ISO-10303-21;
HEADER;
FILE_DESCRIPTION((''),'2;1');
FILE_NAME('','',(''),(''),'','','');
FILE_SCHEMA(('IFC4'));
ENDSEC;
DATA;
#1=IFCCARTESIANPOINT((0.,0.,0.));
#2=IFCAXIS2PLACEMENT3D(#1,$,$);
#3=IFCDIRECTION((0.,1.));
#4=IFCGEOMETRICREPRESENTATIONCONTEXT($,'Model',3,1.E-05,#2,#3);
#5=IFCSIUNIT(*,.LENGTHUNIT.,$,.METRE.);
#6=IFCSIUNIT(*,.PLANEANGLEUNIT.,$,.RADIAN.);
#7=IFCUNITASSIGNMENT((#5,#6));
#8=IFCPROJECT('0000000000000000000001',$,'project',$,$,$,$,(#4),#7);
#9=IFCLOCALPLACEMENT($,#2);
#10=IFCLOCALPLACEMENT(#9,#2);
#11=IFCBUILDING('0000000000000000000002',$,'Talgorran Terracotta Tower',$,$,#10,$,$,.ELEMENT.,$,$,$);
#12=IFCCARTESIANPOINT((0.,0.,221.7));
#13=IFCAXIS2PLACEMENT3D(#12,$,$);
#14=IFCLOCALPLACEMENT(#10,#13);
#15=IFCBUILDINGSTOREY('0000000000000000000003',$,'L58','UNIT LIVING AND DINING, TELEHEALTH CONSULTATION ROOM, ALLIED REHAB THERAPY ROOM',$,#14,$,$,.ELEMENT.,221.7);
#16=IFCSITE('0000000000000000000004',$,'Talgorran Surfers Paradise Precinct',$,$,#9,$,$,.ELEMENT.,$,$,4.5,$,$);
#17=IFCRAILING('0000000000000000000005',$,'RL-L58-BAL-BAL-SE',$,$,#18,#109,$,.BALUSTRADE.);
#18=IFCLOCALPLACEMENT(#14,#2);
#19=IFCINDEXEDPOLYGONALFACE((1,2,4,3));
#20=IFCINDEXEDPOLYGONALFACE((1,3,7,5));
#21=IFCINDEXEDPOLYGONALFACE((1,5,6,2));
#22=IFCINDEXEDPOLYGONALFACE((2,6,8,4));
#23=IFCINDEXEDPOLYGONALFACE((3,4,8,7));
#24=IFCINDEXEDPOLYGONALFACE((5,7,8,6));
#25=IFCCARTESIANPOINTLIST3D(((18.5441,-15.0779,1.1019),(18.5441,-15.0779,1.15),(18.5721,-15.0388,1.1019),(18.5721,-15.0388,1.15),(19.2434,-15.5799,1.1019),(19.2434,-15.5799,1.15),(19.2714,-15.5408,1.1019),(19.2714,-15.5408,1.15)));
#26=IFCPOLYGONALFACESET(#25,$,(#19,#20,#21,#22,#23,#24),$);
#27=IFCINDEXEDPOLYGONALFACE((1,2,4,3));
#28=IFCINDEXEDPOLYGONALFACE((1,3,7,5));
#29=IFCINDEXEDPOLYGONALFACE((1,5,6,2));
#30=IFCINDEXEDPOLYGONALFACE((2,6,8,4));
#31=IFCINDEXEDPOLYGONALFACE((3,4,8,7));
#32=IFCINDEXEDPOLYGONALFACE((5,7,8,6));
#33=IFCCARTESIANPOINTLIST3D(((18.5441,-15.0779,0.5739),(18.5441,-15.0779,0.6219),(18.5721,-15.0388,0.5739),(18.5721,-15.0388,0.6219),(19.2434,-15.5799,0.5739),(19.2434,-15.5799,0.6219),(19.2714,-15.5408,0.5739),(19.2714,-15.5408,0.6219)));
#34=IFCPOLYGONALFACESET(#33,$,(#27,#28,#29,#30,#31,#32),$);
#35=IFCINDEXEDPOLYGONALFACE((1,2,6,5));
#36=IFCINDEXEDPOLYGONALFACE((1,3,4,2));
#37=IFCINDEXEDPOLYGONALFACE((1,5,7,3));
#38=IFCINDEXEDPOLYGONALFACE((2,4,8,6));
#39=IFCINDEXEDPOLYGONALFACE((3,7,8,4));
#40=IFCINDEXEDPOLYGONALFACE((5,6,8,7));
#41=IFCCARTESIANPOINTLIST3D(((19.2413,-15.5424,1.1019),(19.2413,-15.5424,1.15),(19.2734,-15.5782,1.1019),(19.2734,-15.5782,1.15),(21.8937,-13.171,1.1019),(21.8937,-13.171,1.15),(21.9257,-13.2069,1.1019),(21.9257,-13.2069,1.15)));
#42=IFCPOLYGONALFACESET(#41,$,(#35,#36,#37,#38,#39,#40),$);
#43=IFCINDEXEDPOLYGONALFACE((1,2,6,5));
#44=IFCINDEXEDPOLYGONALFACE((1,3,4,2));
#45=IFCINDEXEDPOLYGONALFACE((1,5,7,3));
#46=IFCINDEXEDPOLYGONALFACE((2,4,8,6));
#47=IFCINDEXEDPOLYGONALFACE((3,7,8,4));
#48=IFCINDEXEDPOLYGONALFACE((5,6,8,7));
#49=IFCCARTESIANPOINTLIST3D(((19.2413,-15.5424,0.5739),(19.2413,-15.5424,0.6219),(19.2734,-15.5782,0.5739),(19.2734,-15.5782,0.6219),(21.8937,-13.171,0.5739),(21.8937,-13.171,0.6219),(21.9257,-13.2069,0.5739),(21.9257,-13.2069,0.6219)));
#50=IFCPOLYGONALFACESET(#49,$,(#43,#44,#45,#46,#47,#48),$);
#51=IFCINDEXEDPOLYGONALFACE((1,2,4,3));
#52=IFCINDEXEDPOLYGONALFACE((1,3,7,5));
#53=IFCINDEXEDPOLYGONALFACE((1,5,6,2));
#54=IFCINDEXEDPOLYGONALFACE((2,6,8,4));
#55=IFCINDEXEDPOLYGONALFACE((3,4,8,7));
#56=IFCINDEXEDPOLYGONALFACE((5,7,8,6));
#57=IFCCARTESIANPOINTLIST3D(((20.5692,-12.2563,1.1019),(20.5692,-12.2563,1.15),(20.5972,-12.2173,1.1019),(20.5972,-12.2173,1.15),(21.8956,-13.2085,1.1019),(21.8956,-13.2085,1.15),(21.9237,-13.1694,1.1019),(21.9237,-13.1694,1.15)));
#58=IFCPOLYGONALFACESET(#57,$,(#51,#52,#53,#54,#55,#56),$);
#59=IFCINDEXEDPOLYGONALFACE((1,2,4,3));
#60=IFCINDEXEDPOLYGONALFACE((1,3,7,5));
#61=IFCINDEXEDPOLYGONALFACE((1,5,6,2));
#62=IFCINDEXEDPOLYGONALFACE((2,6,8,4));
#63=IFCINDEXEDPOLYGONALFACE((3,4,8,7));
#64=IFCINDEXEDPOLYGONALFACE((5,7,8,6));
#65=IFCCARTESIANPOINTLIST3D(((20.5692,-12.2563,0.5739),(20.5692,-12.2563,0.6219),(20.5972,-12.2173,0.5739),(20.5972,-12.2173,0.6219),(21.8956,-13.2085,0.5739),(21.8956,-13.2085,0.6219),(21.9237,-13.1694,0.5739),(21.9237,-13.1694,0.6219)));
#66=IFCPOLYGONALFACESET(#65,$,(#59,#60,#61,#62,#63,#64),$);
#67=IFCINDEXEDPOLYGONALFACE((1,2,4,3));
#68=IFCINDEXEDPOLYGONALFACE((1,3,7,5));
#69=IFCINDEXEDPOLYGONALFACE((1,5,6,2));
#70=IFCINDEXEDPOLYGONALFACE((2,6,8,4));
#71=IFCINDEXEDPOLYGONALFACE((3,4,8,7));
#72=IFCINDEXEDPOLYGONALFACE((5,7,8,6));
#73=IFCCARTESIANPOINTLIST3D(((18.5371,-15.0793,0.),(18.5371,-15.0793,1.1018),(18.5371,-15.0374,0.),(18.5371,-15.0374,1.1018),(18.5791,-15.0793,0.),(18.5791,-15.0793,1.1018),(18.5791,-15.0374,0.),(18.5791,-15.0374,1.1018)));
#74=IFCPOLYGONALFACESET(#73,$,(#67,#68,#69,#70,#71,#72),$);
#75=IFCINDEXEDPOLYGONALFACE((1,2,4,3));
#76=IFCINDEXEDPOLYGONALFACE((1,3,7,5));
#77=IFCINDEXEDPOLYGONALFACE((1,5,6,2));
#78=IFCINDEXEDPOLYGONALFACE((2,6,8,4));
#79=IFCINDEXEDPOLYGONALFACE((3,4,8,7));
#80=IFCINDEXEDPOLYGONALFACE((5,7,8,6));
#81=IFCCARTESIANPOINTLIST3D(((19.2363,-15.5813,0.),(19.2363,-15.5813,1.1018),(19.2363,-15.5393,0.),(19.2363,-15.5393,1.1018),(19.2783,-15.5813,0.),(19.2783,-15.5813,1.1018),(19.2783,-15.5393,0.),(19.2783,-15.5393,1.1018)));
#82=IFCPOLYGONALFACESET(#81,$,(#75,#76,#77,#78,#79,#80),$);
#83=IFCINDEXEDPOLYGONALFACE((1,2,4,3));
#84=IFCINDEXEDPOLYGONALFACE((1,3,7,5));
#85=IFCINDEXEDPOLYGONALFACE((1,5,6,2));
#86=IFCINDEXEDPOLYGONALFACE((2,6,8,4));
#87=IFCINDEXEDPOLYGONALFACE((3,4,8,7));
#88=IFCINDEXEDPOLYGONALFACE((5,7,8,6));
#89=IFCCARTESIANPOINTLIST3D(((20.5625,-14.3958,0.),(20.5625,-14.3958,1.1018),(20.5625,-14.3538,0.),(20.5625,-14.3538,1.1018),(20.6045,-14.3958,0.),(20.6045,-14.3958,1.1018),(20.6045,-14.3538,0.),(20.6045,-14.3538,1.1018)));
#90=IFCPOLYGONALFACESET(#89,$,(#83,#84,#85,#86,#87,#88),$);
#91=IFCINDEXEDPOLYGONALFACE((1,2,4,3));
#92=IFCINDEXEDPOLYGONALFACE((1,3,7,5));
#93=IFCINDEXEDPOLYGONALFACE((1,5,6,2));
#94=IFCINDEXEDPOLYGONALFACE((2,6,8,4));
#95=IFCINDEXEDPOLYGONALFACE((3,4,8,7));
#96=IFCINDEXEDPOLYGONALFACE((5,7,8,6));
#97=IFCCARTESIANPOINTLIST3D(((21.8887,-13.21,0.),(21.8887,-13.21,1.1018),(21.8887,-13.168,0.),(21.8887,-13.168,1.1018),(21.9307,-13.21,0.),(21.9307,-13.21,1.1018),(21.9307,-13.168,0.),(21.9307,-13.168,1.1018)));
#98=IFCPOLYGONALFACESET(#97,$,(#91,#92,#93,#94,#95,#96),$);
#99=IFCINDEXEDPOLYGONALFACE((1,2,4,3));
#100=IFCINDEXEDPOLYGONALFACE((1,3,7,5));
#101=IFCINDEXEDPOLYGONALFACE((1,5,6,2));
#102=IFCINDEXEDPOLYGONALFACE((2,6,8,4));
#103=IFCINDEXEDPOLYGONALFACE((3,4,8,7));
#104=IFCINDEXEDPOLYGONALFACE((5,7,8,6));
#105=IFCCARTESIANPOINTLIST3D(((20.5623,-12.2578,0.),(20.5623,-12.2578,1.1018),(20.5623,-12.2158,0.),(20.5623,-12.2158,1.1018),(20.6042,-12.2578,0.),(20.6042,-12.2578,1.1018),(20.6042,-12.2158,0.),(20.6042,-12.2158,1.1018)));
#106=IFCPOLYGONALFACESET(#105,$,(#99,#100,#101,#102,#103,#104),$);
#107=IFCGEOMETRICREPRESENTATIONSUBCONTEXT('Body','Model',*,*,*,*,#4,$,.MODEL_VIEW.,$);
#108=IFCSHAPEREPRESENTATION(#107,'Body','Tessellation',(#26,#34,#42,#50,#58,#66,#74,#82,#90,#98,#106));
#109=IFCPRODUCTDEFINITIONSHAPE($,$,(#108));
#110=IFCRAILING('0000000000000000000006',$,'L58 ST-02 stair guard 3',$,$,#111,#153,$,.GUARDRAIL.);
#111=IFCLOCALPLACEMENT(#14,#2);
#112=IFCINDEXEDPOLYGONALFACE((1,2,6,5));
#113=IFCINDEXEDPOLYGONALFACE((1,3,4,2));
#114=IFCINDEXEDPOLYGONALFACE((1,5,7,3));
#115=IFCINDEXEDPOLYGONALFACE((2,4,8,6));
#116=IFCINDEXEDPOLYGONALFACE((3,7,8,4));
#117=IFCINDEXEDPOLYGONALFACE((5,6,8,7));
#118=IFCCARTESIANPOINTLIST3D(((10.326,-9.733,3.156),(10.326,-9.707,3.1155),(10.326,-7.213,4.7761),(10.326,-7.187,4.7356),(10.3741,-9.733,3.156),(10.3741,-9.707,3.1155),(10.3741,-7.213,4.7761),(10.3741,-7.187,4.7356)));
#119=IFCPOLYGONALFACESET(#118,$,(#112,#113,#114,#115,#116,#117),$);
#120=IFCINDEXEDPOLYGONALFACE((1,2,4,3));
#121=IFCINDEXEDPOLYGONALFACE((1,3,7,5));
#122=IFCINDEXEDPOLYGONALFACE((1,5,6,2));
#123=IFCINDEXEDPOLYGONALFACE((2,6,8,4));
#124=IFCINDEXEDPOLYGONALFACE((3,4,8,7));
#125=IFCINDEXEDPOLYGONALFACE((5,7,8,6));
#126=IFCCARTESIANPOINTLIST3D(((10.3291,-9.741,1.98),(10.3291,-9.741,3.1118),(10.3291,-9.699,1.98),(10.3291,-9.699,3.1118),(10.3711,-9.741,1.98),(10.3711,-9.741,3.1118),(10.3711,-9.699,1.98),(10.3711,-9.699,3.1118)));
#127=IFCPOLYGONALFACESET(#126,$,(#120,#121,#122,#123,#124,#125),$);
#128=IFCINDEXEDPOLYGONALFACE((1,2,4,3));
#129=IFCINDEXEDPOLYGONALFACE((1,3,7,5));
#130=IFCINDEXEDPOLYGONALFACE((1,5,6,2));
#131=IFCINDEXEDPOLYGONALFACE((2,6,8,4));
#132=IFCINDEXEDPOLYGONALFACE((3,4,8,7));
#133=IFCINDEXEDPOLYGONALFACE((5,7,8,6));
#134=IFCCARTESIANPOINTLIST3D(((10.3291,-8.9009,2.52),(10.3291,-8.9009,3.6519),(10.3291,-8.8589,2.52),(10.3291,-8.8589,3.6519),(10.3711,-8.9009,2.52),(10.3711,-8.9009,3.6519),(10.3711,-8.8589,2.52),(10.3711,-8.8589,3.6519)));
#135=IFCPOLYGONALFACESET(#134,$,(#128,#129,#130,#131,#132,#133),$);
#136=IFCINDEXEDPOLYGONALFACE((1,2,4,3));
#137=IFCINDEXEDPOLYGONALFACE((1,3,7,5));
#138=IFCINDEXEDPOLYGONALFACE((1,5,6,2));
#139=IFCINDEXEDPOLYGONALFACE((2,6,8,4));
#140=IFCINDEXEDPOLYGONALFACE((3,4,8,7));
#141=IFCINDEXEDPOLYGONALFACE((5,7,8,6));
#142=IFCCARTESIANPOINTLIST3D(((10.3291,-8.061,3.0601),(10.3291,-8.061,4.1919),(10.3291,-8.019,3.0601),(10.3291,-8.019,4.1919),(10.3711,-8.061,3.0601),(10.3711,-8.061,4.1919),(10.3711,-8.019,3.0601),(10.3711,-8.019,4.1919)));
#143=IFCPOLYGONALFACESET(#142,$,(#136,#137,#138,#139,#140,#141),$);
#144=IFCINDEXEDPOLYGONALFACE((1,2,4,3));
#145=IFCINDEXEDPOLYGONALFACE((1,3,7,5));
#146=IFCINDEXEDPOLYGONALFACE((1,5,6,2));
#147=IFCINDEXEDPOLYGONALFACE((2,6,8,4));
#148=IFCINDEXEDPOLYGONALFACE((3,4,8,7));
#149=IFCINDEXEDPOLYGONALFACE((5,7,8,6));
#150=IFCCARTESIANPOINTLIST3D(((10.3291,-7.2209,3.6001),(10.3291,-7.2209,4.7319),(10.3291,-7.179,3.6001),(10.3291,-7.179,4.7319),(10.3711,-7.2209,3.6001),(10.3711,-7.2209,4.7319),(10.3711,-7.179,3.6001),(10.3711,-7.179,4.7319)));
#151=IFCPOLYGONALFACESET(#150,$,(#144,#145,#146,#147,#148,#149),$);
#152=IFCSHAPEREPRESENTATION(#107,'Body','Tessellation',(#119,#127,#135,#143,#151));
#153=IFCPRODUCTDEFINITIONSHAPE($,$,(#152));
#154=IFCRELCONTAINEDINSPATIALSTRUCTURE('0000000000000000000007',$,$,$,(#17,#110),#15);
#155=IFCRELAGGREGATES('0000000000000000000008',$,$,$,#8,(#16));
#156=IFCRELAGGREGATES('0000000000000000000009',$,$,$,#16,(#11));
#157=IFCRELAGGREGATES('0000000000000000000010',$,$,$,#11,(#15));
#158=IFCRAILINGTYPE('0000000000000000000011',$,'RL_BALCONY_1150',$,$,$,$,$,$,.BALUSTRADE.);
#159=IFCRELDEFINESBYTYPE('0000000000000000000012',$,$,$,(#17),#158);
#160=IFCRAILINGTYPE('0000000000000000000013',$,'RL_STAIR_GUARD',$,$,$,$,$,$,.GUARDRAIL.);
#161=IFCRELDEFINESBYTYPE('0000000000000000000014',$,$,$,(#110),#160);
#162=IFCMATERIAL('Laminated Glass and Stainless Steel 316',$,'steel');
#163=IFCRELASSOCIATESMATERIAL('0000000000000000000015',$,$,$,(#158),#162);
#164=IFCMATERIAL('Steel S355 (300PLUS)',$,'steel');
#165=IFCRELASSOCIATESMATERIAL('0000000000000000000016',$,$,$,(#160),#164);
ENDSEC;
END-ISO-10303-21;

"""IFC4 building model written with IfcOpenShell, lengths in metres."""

from ifc_helpers import new_model, si_unit, direction, frame, origin, origin_2d, place, context, subcontext, project, spatial, rectangle, extrude, material, type_object, element, save


model = new_model("IFC4")

# Units and contexts
model_context = context("Model", 3, precision=1e-05, world=origin(), true_north=direction((0.0, 1.0)))
body_context = subcontext(model_context, "Body", "Model", "MODEL_VIEW")
ifc_project = project(units=[si_unit("LENGTHUNIT", "METRE"), si_unit("PLANEANGLEUNIT", "RADIAN")], contexts=[model_context])

# Site, building, storey
site_placement = place(None, origin())
site = spatial("IfcSite", under=ifc_project, at=site_placement, Name="Talgorran Surfers Paradise Precinct", CompositionType="ELEMENT", RefElevation=4.5)
building_placement = place(site_placement, origin())
building = spatial("IfcBuilding", under=site, at=building_placement, Name="Talgorran Terracotta Tower", CompositionType="ELEMENT")
storey_placement = place(building_placement, frame((0.0, 0.0, 221.7)))
storey = spatial("IfcBuildingStorey", under=building, at=storey_placement, Name="L58", Description="UNIT LIVING AND DINING, TELEHEALTH CONSULTATION ROOM, ALLIED REHAB THERAPY ROOM", CompositionType="ELEMENT", Elevation=221.7)

# Shared definitions
ifc_material_1 = material(Name="Steel S355 (300PLUS)", Category="steel")

# Railings
ifc_material_2 = material(Name="Laminated Glass and Stainless Steel 316", Category="steel")
railing_type_1 = type_object("IfcRailingType", Name="RL_BALCONY_1150", PredefinedType="BALUSTRADE", material=ifc_material_2)
railing_1_placement = place(storey_placement, frame((18.5581, -15.0583, 0.0)))
element("IfcRailing", 1, at=railing_1_placement, inside=storey, type_object=railing_type_1, Name="RL-L58-BAL-BAL-SE", PredefinedType="BALUSTRADE", context=body_context, shape_type="SweptSolid", body=[
    extrude(rectangle(XDim=0.0481, YDim=0.0481, at=origin_2d()), frame((0.0, 0.0, 1.126), z_axis=(0.812351, -0.583168, 0.0), x_axis=(0.583168, 0.812351, 0.0)), (0.0, 0.0, 1.0), 0.8608),
    extrude(rectangle(XDim=0.0481, YDim=0.0481, at=origin_2d()), frame((0.0, 0.0, 0.5979), z_axis=(0.812351, -0.583168, 0.0), x_axis=(0.583168, 0.812351, 0.0)), (0.0, 0.0, 1.0), 0.8608),
    extrude(rectangle(XDim=0.0481, YDim=0.0481, at=origin_2d()), frame((0.6992, -0.502, 1.126), z_axis=(0.745494, 0.666512, 0.0), x_axis=(-0.666512, 0.745494, 0.0)), (0.0, 0.0, 1.0), 3.5579),
    extrude(rectangle(XDim=0.0481, YDim=0.0481, at=origin_2d()), frame((0.6992, -0.502, 0.5979), z_axis=(0.745494, 0.666512, 0.0), x_axis=(-0.666512, 0.745494, 0.0)), (0.0, 0.0, 1.0), 3.5579),
    extrude(rectangle(XDim=0.0481, YDim=0.0481, at=origin_2d()), frame((3.3516, 1.8694, 1.126), z_axis=(-0.812367, 0.583146, 0.0), x_axis=(-0.583146, -0.812367, 0.0)), (0.0, 0.0, 1.0), 1.6328),
    extrude(rectangle(XDim=0.0481, YDim=0.0481, at=origin_2d()), frame((3.3516, 1.8694, 0.5979), z_axis=(-0.812367, 0.583146, 0.0), x_axis=(-0.583146, -0.812367, 0.0)), (0.0, 0.0, 1.0), 1.6328),
    extrude(rectangle(XDim=0.042, YDim=0.042, at=origin_2d()), origin(), (0.0, 0.0, 1.0), 1.1018),
    extrude(rectangle(XDim=0.042, YDim=0.042, at=origin_2d()), frame((0.6992, -0.502, 0.0)), (0.0, 0.0, 1.0), 1.1018),
    extrude(rectangle(XDim=0.042, YDim=0.042, at=origin_2d()), frame((2.0254, 0.6836, 0.0)), (0.0, 0.0, 1.0), 1.1018),
    extrude(rectangle(XDim=0.042, YDim=0.042, at=origin_2d()), frame((3.3516, 1.8694, 0.0)), (0.0, 0.0, 1.0), 1.1018),
    extrude(rectangle(XDim=0.042, YDim=0.042, at=origin_2d()), frame((2.0251, 2.8215, 0.0)), (0.0, 0.0, 1.0), 1.1018),
])
railing_type_2 = type_object("IfcRailingType", Name="RL_STAIR_GUARD", PredefinedType="GUARDRAIL", material=ifc_material_1)
railing_2_placement = place(storey_placement, frame((10.3501, -9.72, 1.98)))
element("IfcRailing", 2, at=railing_2_placement, inside=storey, type_object=railing_type_2, Name="L58 ST-02 stair guard 3", PredefinedType="GUARDRAIL", context=body_context, shape_type="SweptSolid", body=[
    extrude(rectangle(XDim=0.0481, YDim=0.0481, at=origin_2d()), frame((0.0, 0.0, 1.1558), z_axis=(0.0, 0.841163, 0.540782), x_axis=(-1.0, 0.0, 0.0)), (0.0, 0.0, 1.0), 2.9958),
    extrude(rectangle(XDim=0.042, YDim=0.042, at=origin_2d()), origin(), (0.0, 0.0, 1.0), 1.1318),
    extrude(rectangle(XDim=0.042, YDim=0.042, at=origin_2d()), frame((0.0, 0.8401, 0.54)), (0.0, 0.0, 1.0), 1.1318),
    extrude(rectangle(XDim=0.042, YDim=0.042, at=origin_2d()), frame((0.0, 1.6799, 1.0801)), (0.0, 0.0, 1.0), 1.1318),
    extrude(rectangle(XDim=0.042, YDim=0.042, at=origin_2d()), frame((0.0, 2.52, 1.6201)), (0.0, 0.0, 1.0), 1.1318),
])

save(model, "model.ifc")
